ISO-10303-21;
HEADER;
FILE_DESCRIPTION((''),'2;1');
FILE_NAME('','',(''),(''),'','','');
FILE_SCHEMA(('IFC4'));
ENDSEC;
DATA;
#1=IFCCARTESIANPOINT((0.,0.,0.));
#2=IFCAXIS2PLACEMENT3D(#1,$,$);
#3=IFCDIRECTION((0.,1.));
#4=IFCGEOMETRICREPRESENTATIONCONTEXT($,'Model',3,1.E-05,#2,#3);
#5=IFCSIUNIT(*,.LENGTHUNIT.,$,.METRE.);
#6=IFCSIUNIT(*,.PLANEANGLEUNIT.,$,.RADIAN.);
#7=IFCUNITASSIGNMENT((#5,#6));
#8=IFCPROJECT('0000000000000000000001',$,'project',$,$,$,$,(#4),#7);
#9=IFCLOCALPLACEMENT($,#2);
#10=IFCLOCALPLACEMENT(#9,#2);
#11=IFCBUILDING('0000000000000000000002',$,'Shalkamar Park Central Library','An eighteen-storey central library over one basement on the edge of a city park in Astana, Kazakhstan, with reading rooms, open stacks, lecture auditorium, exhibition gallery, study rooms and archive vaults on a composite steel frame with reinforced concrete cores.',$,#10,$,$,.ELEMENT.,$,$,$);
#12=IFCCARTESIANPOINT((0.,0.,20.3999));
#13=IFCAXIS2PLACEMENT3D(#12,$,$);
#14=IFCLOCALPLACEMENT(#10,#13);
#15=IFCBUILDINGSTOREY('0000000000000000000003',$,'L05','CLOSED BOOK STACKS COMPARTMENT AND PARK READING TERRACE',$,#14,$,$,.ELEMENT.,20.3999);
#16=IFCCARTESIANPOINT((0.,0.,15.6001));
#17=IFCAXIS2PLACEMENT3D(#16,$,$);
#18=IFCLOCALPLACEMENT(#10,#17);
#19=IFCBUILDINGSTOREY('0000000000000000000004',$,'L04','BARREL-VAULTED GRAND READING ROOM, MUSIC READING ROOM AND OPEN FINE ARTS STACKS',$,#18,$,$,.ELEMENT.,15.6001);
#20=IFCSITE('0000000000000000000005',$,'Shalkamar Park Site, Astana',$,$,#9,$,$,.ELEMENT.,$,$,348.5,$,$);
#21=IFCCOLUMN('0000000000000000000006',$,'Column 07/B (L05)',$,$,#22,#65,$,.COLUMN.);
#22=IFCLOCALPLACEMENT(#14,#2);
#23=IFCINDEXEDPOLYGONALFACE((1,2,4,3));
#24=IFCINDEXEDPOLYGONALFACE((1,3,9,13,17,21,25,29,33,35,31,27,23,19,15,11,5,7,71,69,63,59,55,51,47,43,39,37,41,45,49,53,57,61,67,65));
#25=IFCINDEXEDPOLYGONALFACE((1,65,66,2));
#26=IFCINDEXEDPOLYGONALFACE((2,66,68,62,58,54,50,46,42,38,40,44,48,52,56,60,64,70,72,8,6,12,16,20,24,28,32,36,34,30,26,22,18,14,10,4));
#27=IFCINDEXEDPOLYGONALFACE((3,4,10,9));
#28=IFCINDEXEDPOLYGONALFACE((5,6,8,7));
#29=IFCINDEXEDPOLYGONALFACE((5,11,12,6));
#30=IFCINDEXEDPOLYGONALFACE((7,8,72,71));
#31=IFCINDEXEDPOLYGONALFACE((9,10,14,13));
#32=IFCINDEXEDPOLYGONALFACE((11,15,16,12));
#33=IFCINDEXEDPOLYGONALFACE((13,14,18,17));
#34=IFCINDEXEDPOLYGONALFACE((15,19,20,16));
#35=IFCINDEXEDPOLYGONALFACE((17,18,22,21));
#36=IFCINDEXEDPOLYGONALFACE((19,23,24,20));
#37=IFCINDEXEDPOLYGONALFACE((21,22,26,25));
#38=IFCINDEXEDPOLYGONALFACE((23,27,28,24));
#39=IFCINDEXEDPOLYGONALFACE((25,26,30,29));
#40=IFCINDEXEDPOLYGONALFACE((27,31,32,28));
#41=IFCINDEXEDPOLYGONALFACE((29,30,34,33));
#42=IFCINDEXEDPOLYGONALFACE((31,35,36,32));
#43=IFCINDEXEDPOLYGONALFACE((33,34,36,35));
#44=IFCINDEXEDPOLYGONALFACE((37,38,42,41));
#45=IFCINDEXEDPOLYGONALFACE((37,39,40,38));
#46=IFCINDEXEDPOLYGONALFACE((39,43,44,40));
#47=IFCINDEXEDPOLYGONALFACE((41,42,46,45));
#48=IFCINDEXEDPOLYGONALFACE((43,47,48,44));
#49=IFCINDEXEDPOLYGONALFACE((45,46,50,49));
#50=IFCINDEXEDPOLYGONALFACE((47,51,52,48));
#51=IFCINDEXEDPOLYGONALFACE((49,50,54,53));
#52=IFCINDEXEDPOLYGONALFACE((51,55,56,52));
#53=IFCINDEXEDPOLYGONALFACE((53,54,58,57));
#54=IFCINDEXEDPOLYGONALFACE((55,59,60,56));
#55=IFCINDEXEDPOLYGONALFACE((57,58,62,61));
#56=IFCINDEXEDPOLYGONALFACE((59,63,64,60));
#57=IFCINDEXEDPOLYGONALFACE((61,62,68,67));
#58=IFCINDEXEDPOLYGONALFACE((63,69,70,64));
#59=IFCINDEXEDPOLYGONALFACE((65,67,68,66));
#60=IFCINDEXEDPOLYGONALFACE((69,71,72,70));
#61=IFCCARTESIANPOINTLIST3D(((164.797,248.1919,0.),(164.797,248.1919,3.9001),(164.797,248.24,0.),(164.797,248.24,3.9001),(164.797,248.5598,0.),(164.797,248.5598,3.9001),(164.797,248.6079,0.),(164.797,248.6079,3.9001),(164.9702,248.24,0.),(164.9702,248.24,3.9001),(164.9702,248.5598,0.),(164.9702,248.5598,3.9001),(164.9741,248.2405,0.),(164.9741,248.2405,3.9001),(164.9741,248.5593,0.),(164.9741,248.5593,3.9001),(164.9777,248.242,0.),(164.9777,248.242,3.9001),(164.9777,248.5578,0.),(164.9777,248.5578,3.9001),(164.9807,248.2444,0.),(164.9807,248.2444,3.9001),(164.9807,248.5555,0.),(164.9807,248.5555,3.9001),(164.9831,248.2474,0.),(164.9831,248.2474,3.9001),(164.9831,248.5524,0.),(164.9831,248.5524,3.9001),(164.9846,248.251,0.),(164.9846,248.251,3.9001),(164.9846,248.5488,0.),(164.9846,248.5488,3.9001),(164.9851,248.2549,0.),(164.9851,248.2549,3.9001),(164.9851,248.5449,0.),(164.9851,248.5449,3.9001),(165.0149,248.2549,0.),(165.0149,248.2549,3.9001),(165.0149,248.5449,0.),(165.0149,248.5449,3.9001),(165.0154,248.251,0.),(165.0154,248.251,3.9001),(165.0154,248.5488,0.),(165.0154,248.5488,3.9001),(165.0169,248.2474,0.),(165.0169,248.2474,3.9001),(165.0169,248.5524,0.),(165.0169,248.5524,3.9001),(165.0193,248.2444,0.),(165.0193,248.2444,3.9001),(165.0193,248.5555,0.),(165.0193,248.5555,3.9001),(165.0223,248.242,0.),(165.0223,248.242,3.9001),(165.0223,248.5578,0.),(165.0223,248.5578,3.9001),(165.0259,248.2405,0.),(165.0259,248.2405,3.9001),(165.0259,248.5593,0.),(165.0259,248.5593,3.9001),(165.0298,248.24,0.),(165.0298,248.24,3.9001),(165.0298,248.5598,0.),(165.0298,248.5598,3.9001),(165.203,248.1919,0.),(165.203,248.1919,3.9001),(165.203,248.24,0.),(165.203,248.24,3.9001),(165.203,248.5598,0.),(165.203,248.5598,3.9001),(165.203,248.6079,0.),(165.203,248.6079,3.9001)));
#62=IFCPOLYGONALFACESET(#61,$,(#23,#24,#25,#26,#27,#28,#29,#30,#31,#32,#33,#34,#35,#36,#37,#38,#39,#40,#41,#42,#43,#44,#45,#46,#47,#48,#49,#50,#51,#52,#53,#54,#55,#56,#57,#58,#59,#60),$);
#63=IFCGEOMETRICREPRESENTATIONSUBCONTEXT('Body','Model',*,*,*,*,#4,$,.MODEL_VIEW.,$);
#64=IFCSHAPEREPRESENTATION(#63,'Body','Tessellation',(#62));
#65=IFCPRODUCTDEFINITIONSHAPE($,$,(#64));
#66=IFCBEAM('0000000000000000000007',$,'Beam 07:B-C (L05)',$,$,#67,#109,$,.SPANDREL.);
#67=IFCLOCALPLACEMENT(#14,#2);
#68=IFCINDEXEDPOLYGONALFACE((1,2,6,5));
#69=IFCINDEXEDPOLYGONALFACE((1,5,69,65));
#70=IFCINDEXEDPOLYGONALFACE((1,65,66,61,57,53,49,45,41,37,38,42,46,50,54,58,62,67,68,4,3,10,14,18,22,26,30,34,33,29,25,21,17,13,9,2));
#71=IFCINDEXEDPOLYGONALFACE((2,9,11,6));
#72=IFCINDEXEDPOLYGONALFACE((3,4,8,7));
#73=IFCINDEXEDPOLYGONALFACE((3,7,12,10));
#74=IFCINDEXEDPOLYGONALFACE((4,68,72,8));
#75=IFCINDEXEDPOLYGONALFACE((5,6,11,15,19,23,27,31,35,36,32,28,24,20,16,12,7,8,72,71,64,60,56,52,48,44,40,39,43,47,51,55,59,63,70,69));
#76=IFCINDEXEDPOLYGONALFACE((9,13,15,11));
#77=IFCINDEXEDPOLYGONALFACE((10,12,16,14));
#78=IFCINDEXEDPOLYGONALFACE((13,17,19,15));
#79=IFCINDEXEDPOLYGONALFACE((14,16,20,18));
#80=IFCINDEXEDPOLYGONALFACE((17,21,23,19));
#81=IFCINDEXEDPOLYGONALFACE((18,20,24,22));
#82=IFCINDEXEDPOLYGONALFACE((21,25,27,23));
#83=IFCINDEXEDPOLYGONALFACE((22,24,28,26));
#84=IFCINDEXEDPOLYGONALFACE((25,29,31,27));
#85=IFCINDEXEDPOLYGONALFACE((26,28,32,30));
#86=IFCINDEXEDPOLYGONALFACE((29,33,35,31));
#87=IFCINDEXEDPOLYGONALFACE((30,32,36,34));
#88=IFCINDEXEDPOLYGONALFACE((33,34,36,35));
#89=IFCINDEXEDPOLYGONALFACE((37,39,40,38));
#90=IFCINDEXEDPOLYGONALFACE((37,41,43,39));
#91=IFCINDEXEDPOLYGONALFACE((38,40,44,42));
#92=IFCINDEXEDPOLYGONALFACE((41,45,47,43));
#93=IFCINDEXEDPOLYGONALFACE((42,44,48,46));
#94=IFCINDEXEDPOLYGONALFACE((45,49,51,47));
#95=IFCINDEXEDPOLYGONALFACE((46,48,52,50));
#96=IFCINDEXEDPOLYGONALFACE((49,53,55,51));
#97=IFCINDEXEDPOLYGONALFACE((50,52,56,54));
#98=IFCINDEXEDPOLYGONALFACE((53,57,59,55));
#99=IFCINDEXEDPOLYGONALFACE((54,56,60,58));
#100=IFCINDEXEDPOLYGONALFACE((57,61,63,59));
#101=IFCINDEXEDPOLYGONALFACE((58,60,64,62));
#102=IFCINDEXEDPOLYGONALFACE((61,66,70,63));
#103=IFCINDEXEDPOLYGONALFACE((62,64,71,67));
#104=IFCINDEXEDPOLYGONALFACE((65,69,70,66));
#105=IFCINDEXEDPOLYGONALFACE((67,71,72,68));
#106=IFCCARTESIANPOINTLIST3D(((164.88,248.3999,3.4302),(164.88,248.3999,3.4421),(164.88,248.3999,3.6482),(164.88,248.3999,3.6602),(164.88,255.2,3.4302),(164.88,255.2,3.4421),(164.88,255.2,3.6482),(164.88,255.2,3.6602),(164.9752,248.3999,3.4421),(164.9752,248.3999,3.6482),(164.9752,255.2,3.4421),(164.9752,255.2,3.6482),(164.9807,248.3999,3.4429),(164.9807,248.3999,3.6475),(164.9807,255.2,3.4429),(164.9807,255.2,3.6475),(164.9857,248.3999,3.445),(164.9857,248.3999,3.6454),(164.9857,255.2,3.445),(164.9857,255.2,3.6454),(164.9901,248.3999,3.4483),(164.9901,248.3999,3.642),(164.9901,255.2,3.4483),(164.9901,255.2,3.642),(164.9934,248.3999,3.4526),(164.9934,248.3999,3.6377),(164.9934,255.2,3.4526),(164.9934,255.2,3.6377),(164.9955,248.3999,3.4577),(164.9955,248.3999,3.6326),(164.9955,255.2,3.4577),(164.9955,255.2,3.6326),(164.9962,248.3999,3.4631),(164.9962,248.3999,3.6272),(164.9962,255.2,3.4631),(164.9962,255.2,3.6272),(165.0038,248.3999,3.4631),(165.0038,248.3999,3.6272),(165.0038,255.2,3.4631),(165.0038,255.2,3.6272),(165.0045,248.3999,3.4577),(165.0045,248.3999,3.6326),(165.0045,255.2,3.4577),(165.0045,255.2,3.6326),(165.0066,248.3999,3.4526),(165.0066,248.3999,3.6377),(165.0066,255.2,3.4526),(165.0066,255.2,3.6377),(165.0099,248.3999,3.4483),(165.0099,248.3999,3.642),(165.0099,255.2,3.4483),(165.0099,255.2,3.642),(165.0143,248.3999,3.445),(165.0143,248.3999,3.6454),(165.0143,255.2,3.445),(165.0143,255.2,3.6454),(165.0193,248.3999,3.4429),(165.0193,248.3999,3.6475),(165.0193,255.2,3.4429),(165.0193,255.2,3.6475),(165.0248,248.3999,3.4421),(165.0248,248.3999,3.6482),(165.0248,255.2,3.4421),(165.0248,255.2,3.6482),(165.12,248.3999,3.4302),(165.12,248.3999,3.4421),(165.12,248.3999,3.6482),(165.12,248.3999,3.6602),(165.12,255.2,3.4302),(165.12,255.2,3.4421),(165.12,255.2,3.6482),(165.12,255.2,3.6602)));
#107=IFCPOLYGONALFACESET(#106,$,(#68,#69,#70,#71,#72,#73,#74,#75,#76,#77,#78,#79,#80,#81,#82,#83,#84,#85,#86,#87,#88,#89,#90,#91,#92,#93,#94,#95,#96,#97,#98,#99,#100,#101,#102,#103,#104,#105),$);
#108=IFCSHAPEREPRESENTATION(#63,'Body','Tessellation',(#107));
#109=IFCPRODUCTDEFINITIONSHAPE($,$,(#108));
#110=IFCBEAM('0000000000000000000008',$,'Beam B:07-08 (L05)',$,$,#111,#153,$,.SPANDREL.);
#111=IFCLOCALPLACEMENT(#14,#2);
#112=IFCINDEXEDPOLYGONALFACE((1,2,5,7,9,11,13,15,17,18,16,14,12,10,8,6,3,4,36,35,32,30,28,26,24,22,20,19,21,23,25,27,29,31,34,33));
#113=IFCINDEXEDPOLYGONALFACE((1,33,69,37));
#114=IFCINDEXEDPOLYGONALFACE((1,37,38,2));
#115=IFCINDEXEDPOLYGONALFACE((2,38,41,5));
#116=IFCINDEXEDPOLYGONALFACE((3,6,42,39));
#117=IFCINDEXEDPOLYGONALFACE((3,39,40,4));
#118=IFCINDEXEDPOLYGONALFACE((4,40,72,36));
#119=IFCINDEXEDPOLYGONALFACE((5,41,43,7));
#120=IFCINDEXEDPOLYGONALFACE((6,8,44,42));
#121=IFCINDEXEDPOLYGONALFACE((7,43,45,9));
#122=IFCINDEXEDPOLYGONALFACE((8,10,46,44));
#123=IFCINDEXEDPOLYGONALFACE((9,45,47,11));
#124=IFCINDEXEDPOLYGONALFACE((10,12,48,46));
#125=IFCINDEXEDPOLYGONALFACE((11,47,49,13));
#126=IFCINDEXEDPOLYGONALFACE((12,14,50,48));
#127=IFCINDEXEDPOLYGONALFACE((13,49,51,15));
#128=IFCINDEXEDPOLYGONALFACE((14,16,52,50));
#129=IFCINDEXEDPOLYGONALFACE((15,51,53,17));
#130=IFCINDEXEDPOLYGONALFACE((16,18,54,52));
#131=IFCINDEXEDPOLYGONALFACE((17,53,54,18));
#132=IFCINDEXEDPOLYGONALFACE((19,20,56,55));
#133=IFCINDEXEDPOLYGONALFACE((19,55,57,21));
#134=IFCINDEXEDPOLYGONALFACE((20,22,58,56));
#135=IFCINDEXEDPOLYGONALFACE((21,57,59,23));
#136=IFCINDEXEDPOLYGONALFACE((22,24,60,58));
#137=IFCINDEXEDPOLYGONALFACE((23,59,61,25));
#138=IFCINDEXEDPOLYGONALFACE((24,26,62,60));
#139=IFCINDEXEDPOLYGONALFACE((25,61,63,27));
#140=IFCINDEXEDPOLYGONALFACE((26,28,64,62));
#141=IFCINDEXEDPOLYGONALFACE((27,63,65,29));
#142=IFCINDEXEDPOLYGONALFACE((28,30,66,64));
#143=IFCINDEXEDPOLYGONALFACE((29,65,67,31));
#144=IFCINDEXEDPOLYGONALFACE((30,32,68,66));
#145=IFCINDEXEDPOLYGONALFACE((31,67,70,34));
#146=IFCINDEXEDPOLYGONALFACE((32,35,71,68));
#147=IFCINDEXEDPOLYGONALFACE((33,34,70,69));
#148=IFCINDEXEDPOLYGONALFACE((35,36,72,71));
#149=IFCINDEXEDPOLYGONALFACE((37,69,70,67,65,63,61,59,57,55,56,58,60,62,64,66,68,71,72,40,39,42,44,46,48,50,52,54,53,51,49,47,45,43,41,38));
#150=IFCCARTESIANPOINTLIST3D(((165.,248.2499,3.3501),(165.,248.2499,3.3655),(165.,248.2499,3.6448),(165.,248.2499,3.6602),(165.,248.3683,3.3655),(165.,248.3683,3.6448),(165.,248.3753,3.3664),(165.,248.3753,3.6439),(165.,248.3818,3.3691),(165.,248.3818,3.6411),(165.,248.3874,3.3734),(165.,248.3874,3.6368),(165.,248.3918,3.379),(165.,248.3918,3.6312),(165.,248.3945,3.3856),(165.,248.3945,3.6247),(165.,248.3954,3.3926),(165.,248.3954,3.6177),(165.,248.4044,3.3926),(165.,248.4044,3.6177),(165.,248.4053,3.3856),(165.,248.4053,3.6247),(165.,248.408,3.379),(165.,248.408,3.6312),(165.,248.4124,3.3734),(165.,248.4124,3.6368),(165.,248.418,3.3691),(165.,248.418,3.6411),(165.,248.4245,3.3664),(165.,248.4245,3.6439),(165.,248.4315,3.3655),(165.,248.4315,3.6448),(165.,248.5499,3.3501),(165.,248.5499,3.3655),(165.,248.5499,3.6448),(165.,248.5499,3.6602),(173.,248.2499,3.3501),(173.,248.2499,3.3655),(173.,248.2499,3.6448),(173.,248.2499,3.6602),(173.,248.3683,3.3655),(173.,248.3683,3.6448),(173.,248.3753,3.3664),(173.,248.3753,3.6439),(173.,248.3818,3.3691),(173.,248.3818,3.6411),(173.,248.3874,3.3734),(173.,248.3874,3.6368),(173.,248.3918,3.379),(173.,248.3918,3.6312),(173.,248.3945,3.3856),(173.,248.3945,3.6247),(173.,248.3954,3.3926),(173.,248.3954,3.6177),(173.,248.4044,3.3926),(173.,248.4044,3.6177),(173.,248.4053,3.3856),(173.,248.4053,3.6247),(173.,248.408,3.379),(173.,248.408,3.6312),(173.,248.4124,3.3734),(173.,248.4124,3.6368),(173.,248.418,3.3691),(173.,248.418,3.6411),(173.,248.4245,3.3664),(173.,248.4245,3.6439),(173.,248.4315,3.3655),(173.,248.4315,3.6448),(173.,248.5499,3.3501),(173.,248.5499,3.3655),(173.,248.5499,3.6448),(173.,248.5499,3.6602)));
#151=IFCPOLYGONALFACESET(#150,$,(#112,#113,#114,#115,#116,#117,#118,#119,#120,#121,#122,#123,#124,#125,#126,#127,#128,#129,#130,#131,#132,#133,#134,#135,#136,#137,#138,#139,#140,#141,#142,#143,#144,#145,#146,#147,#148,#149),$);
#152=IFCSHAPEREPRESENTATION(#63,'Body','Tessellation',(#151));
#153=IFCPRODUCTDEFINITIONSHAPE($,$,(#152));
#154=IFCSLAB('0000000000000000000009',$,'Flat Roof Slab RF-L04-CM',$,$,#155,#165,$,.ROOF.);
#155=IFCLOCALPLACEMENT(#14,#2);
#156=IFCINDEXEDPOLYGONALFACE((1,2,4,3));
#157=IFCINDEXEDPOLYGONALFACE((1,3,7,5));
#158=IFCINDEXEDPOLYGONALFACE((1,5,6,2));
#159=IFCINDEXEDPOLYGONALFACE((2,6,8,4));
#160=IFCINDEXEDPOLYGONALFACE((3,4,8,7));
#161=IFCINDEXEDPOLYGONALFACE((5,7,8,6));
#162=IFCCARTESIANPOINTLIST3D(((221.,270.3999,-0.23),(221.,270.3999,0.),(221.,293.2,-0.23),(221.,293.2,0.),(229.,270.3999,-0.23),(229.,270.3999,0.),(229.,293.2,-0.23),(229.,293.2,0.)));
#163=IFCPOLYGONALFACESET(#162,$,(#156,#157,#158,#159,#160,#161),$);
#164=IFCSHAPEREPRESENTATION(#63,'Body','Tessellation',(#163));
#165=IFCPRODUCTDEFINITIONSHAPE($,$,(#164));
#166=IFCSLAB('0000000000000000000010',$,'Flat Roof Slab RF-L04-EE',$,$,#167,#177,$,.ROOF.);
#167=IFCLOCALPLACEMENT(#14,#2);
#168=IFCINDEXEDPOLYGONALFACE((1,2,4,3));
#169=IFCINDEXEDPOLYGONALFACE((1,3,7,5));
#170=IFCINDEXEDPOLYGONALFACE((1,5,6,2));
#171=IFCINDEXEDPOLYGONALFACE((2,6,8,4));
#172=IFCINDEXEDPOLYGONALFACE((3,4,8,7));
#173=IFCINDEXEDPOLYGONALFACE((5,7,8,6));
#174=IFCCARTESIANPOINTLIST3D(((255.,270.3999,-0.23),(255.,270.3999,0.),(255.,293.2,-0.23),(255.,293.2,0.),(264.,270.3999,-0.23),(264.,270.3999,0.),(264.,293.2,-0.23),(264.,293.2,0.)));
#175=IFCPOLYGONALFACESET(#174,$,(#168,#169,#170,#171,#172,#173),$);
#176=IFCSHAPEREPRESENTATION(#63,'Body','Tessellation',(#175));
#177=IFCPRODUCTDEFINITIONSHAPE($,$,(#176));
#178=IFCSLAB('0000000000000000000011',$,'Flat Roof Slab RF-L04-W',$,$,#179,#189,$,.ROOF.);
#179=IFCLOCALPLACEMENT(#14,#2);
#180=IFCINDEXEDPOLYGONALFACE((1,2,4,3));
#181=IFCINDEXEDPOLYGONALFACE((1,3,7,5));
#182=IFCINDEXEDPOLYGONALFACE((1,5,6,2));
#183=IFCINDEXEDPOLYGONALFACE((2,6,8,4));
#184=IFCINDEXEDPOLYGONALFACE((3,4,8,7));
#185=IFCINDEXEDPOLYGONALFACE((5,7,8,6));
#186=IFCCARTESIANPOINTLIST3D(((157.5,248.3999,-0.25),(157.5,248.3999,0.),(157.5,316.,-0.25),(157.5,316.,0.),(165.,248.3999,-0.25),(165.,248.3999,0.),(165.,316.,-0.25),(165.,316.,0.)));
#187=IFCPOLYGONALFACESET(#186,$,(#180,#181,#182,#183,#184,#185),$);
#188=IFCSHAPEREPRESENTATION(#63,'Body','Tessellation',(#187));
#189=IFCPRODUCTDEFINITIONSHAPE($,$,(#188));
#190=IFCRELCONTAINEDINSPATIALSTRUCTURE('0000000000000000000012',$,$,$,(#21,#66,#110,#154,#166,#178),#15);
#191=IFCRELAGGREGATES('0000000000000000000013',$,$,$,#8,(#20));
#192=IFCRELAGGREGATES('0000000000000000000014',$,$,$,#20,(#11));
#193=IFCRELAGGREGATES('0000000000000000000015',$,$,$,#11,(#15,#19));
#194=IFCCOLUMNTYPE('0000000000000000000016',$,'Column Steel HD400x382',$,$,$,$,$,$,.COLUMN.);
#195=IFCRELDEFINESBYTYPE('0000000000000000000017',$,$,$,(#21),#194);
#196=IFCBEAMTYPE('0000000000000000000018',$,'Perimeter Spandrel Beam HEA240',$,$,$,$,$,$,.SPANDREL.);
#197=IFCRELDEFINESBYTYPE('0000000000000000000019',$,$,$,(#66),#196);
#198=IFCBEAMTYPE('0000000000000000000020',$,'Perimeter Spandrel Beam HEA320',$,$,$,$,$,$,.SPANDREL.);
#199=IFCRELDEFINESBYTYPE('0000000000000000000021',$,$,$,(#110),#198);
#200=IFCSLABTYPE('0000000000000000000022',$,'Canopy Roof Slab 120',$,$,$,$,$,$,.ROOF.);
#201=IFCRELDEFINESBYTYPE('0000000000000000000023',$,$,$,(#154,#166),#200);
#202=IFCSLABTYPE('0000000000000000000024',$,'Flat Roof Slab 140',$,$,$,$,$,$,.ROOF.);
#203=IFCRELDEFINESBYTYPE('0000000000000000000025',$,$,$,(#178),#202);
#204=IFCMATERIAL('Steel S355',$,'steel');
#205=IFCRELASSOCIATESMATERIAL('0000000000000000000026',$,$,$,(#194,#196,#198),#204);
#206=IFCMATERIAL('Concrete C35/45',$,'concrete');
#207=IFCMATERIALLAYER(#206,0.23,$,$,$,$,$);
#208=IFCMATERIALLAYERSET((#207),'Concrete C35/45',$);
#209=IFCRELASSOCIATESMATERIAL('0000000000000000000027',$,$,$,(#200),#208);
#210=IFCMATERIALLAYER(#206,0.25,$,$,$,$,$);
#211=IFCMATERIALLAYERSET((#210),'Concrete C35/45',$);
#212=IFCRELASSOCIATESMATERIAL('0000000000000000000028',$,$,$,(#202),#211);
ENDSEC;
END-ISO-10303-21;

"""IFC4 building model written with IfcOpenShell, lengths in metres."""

from ifc_helpers import new_model, si_unit, direction, frame, origin, origin_2d, place, context, subcontext, project, spatial, polyline, i_section, outline, extrude, material, layer, layer_set, material_profile, profile_set, type_object, element, save


model = new_model("IFC4")

# Units and contexts
model_context = context("Model", 3, precision=1e-05, world=origin(), true_north=direction((0.0, 1.0)))
body_context = subcontext(model_context, "Body", "Model", "MODEL_VIEW")
ifc_project = project(units=[si_unit("LENGTHUNIT", "METRE"), si_unit("PLANEANGLEUNIT", "RADIAN")], contexts=[model_context])

# Site, building, storey
site_placement = place(None, origin())
site = spatial("IfcSite", under=ifc_project, at=site_placement, Name="Shalkamar Park Site, Astana", CompositionType="ELEMENT", RefElevation=348.5)
building_placement = place(site_placement, origin())
building = spatial("IfcBuilding", under=site, at=building_placement, Name="Shalkamar Park Central Library", Description="An eighteen-storey central library over one basement on the edge of a city park in Astana, Kazakhstan, with reading rooms, open stacks, lecture auditorium, exhibition gallery, study rooms and archive vaults on a composite steel frame with reinforced concrete cores.", CompositionType="ELEMENT")
storey_1_placement = place(building_placement, frame((0.0, 0.0, 20.3999)))
storey_1 = spatial("IfcBuildingStorey", under=building, at=storey_1_placement, Name="L05", Description="CLOSED BOOK STACKS COMPARTMENT AND PARK READING TERRACE", CompositionType="ELEMENT", Elevation=20.3999)

# Column
ifc_material_1 = material(Name="Steel S355", Category="steel")
ifc_material_profile_1 = material_profile(ifc_material_1, i_section(OverallWidth=0.406, OverallDepth=0.416, WebThickness=0.0298, FlangeThickness=0.0481, FilletRadius=0.0149, at=origin_2d()), Name="HD 400x382")
ifc_profile_set_1 = profile_set([ifc_material_profile_1], Name="Steel S355")
column_type = type_object("IfcColumnType", Name="Column Steel HD400x382", PredefinedType="COLUMN", material=ifc_profile_set_1)
column_placement = place(storey_1_placement, frame((165.0, 248.3999, 0.0), z_axis=(0.0, 0.0, 1.0), x_axis=(1.0, 0.0, 0.0)))
element("IfcColumn", 1, at=column_placement, inside=storey_1, type_object=column_type, Name="Column 07/B (L05)", PredefinedType="COLUMN", context=body_context, shape_type="SweptSolid", body=[
    extrude(i_section(OverallWidth=0.406, OverallDepth=0.416, WebThickness=0.0298, FlangeThickness=0.0481, FilletRadius=0.0149, at=origin_2d()), origin(), (0.0, 0.0, 1.0), 3.9001),
])

# Beams
ifc_material_profile_2 = material_profile(ifc_material_1, i_section(OverallWidth=0.24, OverallDepth=0.23, WebThickness=0.0076, FlangeThickness=0.012, FilletRadius=0.021, at=origin_2d()), Name="HEA 240")
ifc_profile_set_2 = profile_set([ifc_material_profile_2], Name="Steel S355")
beam_type_1 = type_object("IfcBeamType", Name="Perimeter Spandrel Beam HEA240", PredefinedType="SPANDREL", material=ifc_profile_set_2)
beam_1_placement = place(storey_1_placement, frame((165.0, 248.3999, 3.5452), z_axis=(0.0, 1.0, 0.0), x_axis=(-1.0, 0.0, 0.0)))
element("IfcBeam", 2, at=beam_1_placement, inside=storey_1, type_object=beam_type_1, Name="Beam 07:B-C (L05)", PredefinedType="SPANDREL", context=body_context, shape_type="SweptSolid", body=[
    extrude(i_section(OverallWidth=0.24, OverallDepth=0.23, WebThickness=0.0076, FlangeThickness=0.012, FilletRadius=0.021, at=origin_2d()), origin(), (0.0, 0.0, 1.0), 6.8),
])
ifc_material_profile_3 = material_profile(ifc_material_1, i_section(OverallWidth=0.3, OverallDepth=0.3101, WebThickness=0.009, FlangeThickness=0.0154, FilletRadius=0.0271, at=origin_2d()), Name="HEA 320")
ifc_profile_set_3 = profile_set([ifc_material_profile_3], Name="Steel S355")
beam_type_2 = type_object("IfcBeamType", Name="Perimeter Spandrel Beam HEA320", PredefinedType="SPANDREL", material=ifc_profile_set_3)
beam_2_placement = place(storey_1_placement, frame((165.0, 248.3999, 3.5051), z_axis=(1.0, 0.0, 0.0), x_axis=(0.0, 1.0, 0.0)))
element("IfcBeam", 3, at=beam_2_placement, inside=storey_1, type_object=beam_type_2, Name="Beam B:07-08 (L05)", PredefinedType="SPANDREL", context=body_context, shape_type="SweptSolid", body=[
    extrude(i_section(OverallWidth=0.3, OverallDepth=0.3101, WebThickness=0.009, FlangeThickness=0.0154, FilletRadius=0.0271, at=origin_2d()), origin(), (0.0, 0.0, 1.0), 8.0),
])

# Slabs
ifc_material_2 = material(Name="Concrete C35/45", Category="concrete")
ifc_layer_1 = layer(ifc_material_2, 0.23)
ifc_layer_set_1 = layer_set([ifc_layer_1], Name="Concrete C35/45")
slab_type_1 = type_object("IfcSlabType", Name="Canopy Roof Slab 120", PredefinedType="ROOF", material=ifc_layer_set_1)
slab_1_placement = place(storey_1_placement, frame((0.0, 0.0, -0.23)))
element("IfcSlab", 4, at=slab_1_placement, inside=storey_1, type_object=slab_type_1, Name="Flat Roof Slab RF-L04-CM", PredefinedType="ROOF", context=body_context, shape_type="SweptSolid", body=[
    extrude(outline(polyline([(221.0, 270.3999), (229.0, 270.3999), (229.0, 293.2), (221.0, 293.2), (221.0, 270.3999)])), origin(), (0.0, 0.0, 1.0), 0.23),
])
slab_2_placement = place(storey_1_placement, frame((0.0, 0.0, -0.23)))
element("IfcSlab", 5, at=slab_2_placement, inside=storey_1, type_object=slab_type_1, Name="Flat Roof Slab RF-L04-EE", PredefinedType="ROOF", context=body_context, shape_type="SweptSolid", body=[
    extrude(outline(polyline([(255.0, 270.3999), (264.0, 270.3999), (264.0, 293.2), (255.0, 293.2), (255.0, 270.3999)])), origin(), (0.0, 0.0, 1.0), 0.23),
])
ifc_layer_2 = layer(ifc_material_2, 0.25)
ifc_layer_set_2 = layer_set([ifc_layer_2], Name="Concrete C35/45")
slab_type_2 = type_object("IfcSlabType", Name="Flat Roof Slab 140", PredefinedType="ROOF", material=ifc_layer_set_2)
slab_3_placement = place(storey_1_placement, frame((0.0, 0.0, -0.25)))
element("IfcSlab", 6, at=slab_3_placement, inside=storey_1, type_object=slab_type_2, Name="Flat Roof Slab RF-L04-W", PredefinedType="ROOF", context=body_context, shape_type="SweptSolid", body=[
    extrude(outline(polyline([(157.5, 248.3999), (165.0, 248.3999), (165.0, 316.0), (157.5, 316.0), (157.5, 248.3999)])), origin(), (0.0, 0.0, 1.0), 0.25),
])

# Shared definitions
storey_2_placement = place(building_placement, frame((0.0, 0.0, 15.6001)))
storey_2 = spatial("IfcBuildingStorey", under=building, at=storey_2_placement, Name="L04", Description="BARREL-VAULTED GRAND READING ROOM, MUSIC READING ROOM AND OPEN FINE ARTS STACKS", CompositionType="ELEMENT", Elevation=15.6001)

save(model, "model.ifc")
